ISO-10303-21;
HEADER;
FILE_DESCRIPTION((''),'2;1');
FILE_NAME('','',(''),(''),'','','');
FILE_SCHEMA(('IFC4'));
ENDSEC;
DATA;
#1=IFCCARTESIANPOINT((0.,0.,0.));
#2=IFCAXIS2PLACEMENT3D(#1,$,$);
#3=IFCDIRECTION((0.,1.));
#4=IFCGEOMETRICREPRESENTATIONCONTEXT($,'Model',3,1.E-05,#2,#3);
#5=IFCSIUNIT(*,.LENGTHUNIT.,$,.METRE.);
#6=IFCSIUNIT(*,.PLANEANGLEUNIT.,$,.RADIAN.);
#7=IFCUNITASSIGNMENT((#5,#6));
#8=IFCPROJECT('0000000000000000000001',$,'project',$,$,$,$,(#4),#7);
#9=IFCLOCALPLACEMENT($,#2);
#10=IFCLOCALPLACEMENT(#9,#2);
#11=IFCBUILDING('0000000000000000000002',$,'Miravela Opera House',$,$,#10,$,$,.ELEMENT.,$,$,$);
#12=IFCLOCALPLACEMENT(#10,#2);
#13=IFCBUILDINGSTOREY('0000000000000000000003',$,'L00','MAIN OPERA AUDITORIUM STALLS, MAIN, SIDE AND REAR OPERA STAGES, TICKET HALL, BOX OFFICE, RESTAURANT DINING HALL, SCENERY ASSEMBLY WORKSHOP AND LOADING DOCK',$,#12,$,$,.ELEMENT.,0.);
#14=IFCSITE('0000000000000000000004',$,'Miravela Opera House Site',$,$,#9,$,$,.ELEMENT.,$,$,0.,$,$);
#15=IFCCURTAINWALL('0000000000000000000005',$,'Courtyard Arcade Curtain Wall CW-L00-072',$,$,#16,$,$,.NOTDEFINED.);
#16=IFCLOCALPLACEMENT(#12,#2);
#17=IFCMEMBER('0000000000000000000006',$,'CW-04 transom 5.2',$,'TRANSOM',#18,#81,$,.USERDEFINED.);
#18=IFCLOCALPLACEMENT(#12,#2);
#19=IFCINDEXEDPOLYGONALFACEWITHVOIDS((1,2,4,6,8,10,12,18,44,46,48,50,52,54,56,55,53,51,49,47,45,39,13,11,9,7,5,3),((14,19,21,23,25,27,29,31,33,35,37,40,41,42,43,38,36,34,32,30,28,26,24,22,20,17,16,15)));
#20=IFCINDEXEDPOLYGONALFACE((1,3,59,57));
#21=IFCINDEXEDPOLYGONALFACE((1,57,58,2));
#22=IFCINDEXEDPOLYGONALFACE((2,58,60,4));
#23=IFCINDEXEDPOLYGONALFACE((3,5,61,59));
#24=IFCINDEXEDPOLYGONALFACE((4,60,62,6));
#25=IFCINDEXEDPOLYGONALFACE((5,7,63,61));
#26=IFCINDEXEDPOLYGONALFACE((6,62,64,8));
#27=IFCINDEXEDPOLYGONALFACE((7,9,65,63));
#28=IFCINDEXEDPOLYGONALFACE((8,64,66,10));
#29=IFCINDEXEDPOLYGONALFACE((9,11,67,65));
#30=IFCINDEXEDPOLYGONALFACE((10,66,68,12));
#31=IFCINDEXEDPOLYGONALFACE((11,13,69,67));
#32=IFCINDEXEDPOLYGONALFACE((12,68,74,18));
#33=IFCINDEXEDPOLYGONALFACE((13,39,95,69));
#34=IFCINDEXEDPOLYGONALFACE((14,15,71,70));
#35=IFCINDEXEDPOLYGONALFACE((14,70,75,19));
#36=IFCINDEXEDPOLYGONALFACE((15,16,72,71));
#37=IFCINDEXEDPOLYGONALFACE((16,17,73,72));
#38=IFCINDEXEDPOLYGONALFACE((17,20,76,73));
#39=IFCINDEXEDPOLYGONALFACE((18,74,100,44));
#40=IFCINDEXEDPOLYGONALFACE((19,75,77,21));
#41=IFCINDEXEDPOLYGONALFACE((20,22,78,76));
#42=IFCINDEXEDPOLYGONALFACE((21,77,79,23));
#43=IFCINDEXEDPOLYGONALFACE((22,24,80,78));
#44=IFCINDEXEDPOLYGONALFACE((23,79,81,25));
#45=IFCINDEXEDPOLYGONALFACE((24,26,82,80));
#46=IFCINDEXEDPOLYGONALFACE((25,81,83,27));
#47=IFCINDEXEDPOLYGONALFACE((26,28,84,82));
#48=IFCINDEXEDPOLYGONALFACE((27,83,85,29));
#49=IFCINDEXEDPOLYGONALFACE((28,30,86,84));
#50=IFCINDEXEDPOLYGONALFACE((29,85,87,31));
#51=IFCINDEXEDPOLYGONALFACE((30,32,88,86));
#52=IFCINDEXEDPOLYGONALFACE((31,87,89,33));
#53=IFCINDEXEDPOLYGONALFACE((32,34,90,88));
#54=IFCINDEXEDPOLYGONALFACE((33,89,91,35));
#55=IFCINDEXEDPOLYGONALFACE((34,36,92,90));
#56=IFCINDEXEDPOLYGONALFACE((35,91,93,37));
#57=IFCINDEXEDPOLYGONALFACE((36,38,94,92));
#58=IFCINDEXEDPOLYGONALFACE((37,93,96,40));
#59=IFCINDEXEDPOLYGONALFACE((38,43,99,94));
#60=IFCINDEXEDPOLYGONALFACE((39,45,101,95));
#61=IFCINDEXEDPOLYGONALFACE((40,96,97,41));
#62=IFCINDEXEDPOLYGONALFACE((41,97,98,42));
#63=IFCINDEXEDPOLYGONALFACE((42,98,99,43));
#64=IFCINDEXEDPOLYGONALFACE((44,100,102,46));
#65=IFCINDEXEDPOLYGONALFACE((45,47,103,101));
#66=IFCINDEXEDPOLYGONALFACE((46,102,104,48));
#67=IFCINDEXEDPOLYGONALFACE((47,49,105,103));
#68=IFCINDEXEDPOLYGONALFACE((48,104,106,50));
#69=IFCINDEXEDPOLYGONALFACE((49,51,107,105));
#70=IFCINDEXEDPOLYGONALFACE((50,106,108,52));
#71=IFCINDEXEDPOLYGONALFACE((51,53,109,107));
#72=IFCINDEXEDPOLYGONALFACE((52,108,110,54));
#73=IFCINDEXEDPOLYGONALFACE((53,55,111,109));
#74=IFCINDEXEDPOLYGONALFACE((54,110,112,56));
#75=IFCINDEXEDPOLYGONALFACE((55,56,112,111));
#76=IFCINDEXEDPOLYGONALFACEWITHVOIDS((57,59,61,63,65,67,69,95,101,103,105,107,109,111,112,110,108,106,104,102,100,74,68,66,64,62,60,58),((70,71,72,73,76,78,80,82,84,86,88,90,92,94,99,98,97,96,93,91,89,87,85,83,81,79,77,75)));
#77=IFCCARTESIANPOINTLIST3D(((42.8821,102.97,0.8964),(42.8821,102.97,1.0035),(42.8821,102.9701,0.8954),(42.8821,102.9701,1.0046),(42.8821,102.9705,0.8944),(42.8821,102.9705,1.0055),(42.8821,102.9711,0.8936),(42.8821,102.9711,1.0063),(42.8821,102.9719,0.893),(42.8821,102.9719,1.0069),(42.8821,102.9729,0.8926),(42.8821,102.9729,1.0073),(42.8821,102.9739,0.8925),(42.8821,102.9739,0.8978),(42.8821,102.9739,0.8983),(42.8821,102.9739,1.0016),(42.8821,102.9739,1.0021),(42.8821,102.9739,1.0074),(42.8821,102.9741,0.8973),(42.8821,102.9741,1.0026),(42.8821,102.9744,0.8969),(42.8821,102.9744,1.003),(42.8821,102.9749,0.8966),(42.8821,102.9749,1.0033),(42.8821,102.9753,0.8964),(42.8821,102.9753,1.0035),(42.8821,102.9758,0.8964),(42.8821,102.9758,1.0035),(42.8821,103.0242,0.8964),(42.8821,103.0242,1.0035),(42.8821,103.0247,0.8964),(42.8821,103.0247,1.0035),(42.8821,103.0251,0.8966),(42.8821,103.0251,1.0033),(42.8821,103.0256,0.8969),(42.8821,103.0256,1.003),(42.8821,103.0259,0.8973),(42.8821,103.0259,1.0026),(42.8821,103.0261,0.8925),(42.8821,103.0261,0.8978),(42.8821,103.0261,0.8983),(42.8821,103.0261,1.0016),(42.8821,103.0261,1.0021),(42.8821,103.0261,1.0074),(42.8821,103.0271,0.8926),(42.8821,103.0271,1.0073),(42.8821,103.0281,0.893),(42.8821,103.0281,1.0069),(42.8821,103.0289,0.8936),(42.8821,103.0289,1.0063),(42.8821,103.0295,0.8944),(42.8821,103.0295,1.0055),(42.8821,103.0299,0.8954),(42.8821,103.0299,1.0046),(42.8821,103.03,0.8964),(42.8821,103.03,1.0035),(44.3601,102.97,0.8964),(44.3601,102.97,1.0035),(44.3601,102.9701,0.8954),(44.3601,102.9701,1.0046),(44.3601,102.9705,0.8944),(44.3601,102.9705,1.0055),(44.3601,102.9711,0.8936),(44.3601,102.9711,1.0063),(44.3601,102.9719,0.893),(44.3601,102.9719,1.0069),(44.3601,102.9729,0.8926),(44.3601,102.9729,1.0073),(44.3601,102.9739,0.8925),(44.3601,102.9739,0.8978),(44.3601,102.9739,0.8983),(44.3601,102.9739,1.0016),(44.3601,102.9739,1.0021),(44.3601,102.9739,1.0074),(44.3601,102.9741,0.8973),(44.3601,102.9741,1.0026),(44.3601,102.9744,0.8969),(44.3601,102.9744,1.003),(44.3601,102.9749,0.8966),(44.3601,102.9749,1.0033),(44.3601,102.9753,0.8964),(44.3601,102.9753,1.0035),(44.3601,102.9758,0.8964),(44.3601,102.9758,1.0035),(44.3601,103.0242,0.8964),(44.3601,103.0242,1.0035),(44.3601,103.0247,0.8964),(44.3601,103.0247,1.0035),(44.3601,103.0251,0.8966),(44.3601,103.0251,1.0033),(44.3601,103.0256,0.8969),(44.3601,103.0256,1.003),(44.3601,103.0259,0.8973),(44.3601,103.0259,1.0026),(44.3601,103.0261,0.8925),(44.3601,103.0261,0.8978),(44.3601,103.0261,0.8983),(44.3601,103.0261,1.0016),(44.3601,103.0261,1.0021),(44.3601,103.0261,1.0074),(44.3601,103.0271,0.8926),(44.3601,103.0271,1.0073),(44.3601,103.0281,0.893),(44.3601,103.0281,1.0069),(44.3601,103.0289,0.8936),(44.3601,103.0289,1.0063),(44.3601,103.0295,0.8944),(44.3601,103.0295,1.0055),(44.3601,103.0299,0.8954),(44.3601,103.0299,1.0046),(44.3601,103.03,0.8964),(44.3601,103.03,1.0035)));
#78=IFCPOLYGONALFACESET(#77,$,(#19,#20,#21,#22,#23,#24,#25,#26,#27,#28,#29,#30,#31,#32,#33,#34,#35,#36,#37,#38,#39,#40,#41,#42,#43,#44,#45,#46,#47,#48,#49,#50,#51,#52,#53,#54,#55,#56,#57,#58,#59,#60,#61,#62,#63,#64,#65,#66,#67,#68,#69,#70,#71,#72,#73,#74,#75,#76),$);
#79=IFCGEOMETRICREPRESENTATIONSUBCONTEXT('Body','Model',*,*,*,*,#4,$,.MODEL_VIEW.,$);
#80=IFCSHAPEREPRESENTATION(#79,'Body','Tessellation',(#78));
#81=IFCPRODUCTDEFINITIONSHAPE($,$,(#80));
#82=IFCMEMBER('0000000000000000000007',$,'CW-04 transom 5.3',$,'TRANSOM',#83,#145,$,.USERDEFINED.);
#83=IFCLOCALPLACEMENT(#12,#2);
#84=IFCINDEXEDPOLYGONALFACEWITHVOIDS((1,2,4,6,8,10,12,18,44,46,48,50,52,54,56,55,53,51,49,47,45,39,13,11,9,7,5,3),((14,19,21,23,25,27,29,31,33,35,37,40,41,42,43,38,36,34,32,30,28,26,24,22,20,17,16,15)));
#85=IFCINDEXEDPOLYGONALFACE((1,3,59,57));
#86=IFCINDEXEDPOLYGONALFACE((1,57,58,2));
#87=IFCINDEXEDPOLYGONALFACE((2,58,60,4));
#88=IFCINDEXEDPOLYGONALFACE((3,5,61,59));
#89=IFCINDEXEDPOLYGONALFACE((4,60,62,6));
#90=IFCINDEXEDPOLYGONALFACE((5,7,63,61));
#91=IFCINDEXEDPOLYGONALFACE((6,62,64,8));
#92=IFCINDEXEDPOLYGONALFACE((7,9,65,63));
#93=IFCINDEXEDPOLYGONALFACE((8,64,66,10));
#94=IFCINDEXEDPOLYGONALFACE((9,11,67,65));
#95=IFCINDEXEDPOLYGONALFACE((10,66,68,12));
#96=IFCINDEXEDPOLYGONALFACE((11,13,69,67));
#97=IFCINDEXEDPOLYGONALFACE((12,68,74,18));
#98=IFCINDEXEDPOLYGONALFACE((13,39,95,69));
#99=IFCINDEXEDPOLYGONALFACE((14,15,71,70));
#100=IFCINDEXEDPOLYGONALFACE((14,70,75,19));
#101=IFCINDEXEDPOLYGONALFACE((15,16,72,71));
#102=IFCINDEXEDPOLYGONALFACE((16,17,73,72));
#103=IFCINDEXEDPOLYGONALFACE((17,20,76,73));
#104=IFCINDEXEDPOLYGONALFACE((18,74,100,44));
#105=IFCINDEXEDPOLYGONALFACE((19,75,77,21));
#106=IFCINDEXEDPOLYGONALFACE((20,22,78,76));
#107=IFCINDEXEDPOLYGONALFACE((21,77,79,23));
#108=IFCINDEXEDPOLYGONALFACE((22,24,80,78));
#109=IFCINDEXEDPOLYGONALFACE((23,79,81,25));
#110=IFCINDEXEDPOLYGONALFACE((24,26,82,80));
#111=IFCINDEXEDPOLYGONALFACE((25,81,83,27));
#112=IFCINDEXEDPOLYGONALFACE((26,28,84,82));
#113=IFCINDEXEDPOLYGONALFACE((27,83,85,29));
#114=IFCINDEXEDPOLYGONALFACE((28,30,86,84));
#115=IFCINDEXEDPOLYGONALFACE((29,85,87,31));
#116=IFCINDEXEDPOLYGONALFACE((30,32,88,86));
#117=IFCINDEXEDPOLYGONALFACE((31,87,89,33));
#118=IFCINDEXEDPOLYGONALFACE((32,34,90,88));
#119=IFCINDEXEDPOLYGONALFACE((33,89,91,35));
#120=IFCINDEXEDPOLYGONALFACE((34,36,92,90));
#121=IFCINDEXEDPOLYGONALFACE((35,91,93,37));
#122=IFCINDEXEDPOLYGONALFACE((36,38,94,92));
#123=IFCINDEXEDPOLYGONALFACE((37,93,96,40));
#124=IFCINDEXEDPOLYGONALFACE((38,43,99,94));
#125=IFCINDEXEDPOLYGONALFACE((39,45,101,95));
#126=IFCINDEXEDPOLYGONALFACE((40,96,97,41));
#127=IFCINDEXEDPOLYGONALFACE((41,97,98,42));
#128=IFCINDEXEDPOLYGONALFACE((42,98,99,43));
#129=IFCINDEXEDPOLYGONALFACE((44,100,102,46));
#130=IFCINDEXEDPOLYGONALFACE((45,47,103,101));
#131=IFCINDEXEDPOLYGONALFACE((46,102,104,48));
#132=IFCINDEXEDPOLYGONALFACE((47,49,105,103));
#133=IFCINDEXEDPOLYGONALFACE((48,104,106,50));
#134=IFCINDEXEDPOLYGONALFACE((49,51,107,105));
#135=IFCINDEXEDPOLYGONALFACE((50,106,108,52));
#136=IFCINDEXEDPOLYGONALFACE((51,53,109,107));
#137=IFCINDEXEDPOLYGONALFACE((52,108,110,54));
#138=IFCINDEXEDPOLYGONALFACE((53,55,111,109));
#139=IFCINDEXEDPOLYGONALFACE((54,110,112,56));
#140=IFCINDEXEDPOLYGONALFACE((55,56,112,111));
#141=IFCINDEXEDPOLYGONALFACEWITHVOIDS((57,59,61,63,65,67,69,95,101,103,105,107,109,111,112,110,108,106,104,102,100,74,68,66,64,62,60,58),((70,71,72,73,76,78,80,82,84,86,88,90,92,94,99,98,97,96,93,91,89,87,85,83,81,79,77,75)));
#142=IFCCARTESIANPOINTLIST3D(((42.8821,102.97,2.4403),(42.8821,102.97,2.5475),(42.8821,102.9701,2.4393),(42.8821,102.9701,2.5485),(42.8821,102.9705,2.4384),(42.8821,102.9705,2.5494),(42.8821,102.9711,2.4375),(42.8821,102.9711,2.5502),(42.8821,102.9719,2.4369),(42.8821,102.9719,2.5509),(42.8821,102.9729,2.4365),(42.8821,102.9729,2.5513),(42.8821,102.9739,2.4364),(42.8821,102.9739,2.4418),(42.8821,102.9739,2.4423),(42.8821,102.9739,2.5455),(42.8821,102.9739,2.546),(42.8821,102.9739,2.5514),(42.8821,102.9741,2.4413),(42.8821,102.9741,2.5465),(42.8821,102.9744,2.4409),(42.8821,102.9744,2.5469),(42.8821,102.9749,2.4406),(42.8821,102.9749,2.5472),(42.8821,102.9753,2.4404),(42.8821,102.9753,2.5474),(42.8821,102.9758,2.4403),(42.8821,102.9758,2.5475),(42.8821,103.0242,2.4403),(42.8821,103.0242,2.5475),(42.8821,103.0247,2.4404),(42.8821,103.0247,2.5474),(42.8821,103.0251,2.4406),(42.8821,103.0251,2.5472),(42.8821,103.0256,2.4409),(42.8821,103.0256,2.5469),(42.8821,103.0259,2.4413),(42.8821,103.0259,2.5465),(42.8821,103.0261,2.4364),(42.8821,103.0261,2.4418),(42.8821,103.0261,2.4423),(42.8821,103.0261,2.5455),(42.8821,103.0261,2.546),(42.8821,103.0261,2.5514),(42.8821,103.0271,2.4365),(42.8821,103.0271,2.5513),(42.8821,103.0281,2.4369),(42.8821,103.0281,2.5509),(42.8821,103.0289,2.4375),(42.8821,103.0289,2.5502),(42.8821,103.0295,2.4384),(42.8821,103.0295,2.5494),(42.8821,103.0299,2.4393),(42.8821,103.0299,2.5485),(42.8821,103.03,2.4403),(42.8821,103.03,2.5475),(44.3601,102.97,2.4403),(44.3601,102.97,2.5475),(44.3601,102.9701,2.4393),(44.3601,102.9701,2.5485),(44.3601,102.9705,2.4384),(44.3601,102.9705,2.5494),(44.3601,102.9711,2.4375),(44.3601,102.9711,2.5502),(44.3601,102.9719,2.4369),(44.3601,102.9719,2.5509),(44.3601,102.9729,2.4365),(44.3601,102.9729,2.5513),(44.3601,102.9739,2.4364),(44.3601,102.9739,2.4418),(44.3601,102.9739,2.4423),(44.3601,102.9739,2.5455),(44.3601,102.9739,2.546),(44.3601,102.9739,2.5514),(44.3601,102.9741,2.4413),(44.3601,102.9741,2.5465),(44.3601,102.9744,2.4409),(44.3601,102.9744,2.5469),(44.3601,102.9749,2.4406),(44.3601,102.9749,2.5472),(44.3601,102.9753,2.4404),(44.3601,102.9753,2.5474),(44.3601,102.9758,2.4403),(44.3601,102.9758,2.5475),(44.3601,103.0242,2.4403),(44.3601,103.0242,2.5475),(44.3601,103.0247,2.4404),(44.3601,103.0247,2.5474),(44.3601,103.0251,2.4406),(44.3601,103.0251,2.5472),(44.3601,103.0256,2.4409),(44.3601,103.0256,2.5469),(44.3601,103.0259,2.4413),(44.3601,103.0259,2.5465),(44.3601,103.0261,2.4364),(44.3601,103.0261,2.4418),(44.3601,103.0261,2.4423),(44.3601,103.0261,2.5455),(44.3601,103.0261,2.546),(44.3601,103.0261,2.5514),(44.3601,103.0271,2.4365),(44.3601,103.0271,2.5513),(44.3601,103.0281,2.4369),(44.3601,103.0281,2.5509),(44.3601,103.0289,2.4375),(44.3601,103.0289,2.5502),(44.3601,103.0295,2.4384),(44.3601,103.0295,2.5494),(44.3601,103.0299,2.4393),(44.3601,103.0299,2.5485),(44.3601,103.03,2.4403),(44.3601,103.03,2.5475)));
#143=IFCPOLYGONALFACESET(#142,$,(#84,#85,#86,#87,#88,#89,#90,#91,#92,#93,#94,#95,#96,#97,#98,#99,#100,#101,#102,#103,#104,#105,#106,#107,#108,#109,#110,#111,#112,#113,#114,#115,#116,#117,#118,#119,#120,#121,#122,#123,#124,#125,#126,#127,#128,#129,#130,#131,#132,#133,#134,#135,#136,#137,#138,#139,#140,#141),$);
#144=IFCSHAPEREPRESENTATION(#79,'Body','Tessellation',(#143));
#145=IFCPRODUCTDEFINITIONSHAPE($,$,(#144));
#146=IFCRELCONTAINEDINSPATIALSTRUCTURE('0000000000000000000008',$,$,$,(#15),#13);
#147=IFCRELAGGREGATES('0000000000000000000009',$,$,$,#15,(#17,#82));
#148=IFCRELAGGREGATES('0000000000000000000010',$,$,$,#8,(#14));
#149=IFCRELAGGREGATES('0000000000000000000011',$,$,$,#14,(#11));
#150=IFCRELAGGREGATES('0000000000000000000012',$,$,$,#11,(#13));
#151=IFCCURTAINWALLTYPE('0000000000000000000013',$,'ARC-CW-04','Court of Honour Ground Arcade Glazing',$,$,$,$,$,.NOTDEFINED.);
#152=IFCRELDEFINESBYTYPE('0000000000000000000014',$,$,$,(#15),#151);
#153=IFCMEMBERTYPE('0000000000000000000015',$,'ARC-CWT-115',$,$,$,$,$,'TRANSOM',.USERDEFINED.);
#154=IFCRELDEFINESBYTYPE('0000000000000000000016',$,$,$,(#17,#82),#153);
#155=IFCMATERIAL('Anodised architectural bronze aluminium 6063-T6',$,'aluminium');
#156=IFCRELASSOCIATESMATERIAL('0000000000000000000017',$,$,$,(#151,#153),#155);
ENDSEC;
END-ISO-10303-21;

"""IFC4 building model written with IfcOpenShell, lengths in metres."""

from ifc_helpers import new_model, si_unit, direction, frame, origin, origin_2d, place, context, subcontext, project, spatial, hollow_rectangle, extrude, material, material_profile, profile_set, type_object, element, aggregate, save


model = new_model("IFC4")

# Units and contexts
model_context = context("Model", 3, precision=1e-05, world=origin(), true_north=direction((0.0, 1.0)))
body_context = subcontext(model_context, "Body", "Model", "MODEL_VIEW")
ifc_project = project(units=[si_unit("LENGTHUNIT", "METRE"), si_unit("PLANEANGLEUNIT", "RADIAN")], contexts=[model_context])

# Site, building, storey
site_placement = place(None, origin())
site = spatial("IfcSite", under=ifc_project, at=site_placement, Name="Miravela Opera House Site", CompositionType="ELEMENT", RefElevation=0.0)
building_placement = place(site_placement, origin())
building = spatial("IfcBuilding", under=site, at=building_placement, Name="Miravela Opera House", CompositionType="ELEMENT")
storey_placement = place(building_placement, origin())
storey = spatial("IfcBuildingStorey", under=building, at=storey_placement, Name="L00", Description="MAIN OPERA AUDITORIUM STALLS, MAIN, SIDE AND REAR OPERA STAGES, TICKET HALL, BOX OFFICE, RESTAURANT DINING HALL, SCENERY ASSEMBLY WORKSHOP AND LOADING DOCK", CompositionType="ELEMENT", Elevation=0.0)

# Curtain wall
ifc_material_1 = material(Name="Anodised architectural bronze aluminium 6063-T6", Category="aluminium")
curtain_wall_type = type_object("IfcCurtainWallType", Name="ARC-CW-04", Description="Court of Honour Ground Arcade Glazing", PredefinedType="NOTDEFINED", material=ifc_material_1)
curtain_wall_1_placement = place(storey_placement, origin())
curtain_wall_1 = element("IfcCurtainWall", 1, at=curtain_wall_1_placement, inside=storey, type_object=curtain_wall_type, Name="Courtyard Arcade Curtain Wall CW-L00-072", PredefinedType="NOTDEFINED")

# Members
ifc_material_profile_1 = material_profile(ifc_material_1, hollow_rectangle(XDim=0.0601, YDim=0.115, WallThickness=0.0039, InnerFilletRadius=0.002, OuterFilletRadius=0.0039, at=origin_2d()), Name="CWT-60X115")
ifc_profile_set_1 = profile_set([ifc_material_profile_1])
member_type_1 = type_object("IfcMemberType", Name="ARC-CWT-115", ElementType="TRANSOM", PredefinedType="USERDEFINED", material=ifc_profile_set_1)
member_1_placement = place(storey_placement, frame((42.8821, 103.0, 0.95), z_axis=(1.0, 0.0, 0.0), x_axis=(0.0, 1.0, 0.0)))
member_1 = element("IfcMember", 2, at=member_1_placement, type_object=member_type_1, Name="CW-04 transom 5.2", ObjectType="TRANSOM", PredefinedType="USERDEFINED", context=body_context, shape_type="SweptSolid", body=[
    extrude(hollow_rectangle(XDim=0.0601, YDim=0.115, WallThickness=0.0039, InnerFilletRadius=0.002, OuterFilletRadius=0.0039, at=origin_2d()), origin(), (0.0, 0.0, 1.0), 1.478),
])
member_2_placement = place(storey_placement, frame((42.8821, 103.0, 2.4939), z_axis=(1.0, 0.0, 0.0), x_axis=(0.0, 1.0, 0.0)))
member_2 = element("IfcMember", 3, at=member_2_placement, type_object=member_type_1, Name="CW-04 transom 5.3", ObjectType="TRANSOM", PredefinedType="USERDEFINED", context=body_context, shape_type="SweptSolid", body=[
    extrude(hollow_rectangle(XDim=0.0601, YDim=0.115, WallThickness=0.0039, InnerFilletRadius=0.002, OuterFilletRadius=0.0039, at=origin_2d()), origin(), (0.0, 0.0, 1.0), 1.478),
])

aggregate(curtain_wall_1, [member_1, member_2])

save(model, "model.ifc")
